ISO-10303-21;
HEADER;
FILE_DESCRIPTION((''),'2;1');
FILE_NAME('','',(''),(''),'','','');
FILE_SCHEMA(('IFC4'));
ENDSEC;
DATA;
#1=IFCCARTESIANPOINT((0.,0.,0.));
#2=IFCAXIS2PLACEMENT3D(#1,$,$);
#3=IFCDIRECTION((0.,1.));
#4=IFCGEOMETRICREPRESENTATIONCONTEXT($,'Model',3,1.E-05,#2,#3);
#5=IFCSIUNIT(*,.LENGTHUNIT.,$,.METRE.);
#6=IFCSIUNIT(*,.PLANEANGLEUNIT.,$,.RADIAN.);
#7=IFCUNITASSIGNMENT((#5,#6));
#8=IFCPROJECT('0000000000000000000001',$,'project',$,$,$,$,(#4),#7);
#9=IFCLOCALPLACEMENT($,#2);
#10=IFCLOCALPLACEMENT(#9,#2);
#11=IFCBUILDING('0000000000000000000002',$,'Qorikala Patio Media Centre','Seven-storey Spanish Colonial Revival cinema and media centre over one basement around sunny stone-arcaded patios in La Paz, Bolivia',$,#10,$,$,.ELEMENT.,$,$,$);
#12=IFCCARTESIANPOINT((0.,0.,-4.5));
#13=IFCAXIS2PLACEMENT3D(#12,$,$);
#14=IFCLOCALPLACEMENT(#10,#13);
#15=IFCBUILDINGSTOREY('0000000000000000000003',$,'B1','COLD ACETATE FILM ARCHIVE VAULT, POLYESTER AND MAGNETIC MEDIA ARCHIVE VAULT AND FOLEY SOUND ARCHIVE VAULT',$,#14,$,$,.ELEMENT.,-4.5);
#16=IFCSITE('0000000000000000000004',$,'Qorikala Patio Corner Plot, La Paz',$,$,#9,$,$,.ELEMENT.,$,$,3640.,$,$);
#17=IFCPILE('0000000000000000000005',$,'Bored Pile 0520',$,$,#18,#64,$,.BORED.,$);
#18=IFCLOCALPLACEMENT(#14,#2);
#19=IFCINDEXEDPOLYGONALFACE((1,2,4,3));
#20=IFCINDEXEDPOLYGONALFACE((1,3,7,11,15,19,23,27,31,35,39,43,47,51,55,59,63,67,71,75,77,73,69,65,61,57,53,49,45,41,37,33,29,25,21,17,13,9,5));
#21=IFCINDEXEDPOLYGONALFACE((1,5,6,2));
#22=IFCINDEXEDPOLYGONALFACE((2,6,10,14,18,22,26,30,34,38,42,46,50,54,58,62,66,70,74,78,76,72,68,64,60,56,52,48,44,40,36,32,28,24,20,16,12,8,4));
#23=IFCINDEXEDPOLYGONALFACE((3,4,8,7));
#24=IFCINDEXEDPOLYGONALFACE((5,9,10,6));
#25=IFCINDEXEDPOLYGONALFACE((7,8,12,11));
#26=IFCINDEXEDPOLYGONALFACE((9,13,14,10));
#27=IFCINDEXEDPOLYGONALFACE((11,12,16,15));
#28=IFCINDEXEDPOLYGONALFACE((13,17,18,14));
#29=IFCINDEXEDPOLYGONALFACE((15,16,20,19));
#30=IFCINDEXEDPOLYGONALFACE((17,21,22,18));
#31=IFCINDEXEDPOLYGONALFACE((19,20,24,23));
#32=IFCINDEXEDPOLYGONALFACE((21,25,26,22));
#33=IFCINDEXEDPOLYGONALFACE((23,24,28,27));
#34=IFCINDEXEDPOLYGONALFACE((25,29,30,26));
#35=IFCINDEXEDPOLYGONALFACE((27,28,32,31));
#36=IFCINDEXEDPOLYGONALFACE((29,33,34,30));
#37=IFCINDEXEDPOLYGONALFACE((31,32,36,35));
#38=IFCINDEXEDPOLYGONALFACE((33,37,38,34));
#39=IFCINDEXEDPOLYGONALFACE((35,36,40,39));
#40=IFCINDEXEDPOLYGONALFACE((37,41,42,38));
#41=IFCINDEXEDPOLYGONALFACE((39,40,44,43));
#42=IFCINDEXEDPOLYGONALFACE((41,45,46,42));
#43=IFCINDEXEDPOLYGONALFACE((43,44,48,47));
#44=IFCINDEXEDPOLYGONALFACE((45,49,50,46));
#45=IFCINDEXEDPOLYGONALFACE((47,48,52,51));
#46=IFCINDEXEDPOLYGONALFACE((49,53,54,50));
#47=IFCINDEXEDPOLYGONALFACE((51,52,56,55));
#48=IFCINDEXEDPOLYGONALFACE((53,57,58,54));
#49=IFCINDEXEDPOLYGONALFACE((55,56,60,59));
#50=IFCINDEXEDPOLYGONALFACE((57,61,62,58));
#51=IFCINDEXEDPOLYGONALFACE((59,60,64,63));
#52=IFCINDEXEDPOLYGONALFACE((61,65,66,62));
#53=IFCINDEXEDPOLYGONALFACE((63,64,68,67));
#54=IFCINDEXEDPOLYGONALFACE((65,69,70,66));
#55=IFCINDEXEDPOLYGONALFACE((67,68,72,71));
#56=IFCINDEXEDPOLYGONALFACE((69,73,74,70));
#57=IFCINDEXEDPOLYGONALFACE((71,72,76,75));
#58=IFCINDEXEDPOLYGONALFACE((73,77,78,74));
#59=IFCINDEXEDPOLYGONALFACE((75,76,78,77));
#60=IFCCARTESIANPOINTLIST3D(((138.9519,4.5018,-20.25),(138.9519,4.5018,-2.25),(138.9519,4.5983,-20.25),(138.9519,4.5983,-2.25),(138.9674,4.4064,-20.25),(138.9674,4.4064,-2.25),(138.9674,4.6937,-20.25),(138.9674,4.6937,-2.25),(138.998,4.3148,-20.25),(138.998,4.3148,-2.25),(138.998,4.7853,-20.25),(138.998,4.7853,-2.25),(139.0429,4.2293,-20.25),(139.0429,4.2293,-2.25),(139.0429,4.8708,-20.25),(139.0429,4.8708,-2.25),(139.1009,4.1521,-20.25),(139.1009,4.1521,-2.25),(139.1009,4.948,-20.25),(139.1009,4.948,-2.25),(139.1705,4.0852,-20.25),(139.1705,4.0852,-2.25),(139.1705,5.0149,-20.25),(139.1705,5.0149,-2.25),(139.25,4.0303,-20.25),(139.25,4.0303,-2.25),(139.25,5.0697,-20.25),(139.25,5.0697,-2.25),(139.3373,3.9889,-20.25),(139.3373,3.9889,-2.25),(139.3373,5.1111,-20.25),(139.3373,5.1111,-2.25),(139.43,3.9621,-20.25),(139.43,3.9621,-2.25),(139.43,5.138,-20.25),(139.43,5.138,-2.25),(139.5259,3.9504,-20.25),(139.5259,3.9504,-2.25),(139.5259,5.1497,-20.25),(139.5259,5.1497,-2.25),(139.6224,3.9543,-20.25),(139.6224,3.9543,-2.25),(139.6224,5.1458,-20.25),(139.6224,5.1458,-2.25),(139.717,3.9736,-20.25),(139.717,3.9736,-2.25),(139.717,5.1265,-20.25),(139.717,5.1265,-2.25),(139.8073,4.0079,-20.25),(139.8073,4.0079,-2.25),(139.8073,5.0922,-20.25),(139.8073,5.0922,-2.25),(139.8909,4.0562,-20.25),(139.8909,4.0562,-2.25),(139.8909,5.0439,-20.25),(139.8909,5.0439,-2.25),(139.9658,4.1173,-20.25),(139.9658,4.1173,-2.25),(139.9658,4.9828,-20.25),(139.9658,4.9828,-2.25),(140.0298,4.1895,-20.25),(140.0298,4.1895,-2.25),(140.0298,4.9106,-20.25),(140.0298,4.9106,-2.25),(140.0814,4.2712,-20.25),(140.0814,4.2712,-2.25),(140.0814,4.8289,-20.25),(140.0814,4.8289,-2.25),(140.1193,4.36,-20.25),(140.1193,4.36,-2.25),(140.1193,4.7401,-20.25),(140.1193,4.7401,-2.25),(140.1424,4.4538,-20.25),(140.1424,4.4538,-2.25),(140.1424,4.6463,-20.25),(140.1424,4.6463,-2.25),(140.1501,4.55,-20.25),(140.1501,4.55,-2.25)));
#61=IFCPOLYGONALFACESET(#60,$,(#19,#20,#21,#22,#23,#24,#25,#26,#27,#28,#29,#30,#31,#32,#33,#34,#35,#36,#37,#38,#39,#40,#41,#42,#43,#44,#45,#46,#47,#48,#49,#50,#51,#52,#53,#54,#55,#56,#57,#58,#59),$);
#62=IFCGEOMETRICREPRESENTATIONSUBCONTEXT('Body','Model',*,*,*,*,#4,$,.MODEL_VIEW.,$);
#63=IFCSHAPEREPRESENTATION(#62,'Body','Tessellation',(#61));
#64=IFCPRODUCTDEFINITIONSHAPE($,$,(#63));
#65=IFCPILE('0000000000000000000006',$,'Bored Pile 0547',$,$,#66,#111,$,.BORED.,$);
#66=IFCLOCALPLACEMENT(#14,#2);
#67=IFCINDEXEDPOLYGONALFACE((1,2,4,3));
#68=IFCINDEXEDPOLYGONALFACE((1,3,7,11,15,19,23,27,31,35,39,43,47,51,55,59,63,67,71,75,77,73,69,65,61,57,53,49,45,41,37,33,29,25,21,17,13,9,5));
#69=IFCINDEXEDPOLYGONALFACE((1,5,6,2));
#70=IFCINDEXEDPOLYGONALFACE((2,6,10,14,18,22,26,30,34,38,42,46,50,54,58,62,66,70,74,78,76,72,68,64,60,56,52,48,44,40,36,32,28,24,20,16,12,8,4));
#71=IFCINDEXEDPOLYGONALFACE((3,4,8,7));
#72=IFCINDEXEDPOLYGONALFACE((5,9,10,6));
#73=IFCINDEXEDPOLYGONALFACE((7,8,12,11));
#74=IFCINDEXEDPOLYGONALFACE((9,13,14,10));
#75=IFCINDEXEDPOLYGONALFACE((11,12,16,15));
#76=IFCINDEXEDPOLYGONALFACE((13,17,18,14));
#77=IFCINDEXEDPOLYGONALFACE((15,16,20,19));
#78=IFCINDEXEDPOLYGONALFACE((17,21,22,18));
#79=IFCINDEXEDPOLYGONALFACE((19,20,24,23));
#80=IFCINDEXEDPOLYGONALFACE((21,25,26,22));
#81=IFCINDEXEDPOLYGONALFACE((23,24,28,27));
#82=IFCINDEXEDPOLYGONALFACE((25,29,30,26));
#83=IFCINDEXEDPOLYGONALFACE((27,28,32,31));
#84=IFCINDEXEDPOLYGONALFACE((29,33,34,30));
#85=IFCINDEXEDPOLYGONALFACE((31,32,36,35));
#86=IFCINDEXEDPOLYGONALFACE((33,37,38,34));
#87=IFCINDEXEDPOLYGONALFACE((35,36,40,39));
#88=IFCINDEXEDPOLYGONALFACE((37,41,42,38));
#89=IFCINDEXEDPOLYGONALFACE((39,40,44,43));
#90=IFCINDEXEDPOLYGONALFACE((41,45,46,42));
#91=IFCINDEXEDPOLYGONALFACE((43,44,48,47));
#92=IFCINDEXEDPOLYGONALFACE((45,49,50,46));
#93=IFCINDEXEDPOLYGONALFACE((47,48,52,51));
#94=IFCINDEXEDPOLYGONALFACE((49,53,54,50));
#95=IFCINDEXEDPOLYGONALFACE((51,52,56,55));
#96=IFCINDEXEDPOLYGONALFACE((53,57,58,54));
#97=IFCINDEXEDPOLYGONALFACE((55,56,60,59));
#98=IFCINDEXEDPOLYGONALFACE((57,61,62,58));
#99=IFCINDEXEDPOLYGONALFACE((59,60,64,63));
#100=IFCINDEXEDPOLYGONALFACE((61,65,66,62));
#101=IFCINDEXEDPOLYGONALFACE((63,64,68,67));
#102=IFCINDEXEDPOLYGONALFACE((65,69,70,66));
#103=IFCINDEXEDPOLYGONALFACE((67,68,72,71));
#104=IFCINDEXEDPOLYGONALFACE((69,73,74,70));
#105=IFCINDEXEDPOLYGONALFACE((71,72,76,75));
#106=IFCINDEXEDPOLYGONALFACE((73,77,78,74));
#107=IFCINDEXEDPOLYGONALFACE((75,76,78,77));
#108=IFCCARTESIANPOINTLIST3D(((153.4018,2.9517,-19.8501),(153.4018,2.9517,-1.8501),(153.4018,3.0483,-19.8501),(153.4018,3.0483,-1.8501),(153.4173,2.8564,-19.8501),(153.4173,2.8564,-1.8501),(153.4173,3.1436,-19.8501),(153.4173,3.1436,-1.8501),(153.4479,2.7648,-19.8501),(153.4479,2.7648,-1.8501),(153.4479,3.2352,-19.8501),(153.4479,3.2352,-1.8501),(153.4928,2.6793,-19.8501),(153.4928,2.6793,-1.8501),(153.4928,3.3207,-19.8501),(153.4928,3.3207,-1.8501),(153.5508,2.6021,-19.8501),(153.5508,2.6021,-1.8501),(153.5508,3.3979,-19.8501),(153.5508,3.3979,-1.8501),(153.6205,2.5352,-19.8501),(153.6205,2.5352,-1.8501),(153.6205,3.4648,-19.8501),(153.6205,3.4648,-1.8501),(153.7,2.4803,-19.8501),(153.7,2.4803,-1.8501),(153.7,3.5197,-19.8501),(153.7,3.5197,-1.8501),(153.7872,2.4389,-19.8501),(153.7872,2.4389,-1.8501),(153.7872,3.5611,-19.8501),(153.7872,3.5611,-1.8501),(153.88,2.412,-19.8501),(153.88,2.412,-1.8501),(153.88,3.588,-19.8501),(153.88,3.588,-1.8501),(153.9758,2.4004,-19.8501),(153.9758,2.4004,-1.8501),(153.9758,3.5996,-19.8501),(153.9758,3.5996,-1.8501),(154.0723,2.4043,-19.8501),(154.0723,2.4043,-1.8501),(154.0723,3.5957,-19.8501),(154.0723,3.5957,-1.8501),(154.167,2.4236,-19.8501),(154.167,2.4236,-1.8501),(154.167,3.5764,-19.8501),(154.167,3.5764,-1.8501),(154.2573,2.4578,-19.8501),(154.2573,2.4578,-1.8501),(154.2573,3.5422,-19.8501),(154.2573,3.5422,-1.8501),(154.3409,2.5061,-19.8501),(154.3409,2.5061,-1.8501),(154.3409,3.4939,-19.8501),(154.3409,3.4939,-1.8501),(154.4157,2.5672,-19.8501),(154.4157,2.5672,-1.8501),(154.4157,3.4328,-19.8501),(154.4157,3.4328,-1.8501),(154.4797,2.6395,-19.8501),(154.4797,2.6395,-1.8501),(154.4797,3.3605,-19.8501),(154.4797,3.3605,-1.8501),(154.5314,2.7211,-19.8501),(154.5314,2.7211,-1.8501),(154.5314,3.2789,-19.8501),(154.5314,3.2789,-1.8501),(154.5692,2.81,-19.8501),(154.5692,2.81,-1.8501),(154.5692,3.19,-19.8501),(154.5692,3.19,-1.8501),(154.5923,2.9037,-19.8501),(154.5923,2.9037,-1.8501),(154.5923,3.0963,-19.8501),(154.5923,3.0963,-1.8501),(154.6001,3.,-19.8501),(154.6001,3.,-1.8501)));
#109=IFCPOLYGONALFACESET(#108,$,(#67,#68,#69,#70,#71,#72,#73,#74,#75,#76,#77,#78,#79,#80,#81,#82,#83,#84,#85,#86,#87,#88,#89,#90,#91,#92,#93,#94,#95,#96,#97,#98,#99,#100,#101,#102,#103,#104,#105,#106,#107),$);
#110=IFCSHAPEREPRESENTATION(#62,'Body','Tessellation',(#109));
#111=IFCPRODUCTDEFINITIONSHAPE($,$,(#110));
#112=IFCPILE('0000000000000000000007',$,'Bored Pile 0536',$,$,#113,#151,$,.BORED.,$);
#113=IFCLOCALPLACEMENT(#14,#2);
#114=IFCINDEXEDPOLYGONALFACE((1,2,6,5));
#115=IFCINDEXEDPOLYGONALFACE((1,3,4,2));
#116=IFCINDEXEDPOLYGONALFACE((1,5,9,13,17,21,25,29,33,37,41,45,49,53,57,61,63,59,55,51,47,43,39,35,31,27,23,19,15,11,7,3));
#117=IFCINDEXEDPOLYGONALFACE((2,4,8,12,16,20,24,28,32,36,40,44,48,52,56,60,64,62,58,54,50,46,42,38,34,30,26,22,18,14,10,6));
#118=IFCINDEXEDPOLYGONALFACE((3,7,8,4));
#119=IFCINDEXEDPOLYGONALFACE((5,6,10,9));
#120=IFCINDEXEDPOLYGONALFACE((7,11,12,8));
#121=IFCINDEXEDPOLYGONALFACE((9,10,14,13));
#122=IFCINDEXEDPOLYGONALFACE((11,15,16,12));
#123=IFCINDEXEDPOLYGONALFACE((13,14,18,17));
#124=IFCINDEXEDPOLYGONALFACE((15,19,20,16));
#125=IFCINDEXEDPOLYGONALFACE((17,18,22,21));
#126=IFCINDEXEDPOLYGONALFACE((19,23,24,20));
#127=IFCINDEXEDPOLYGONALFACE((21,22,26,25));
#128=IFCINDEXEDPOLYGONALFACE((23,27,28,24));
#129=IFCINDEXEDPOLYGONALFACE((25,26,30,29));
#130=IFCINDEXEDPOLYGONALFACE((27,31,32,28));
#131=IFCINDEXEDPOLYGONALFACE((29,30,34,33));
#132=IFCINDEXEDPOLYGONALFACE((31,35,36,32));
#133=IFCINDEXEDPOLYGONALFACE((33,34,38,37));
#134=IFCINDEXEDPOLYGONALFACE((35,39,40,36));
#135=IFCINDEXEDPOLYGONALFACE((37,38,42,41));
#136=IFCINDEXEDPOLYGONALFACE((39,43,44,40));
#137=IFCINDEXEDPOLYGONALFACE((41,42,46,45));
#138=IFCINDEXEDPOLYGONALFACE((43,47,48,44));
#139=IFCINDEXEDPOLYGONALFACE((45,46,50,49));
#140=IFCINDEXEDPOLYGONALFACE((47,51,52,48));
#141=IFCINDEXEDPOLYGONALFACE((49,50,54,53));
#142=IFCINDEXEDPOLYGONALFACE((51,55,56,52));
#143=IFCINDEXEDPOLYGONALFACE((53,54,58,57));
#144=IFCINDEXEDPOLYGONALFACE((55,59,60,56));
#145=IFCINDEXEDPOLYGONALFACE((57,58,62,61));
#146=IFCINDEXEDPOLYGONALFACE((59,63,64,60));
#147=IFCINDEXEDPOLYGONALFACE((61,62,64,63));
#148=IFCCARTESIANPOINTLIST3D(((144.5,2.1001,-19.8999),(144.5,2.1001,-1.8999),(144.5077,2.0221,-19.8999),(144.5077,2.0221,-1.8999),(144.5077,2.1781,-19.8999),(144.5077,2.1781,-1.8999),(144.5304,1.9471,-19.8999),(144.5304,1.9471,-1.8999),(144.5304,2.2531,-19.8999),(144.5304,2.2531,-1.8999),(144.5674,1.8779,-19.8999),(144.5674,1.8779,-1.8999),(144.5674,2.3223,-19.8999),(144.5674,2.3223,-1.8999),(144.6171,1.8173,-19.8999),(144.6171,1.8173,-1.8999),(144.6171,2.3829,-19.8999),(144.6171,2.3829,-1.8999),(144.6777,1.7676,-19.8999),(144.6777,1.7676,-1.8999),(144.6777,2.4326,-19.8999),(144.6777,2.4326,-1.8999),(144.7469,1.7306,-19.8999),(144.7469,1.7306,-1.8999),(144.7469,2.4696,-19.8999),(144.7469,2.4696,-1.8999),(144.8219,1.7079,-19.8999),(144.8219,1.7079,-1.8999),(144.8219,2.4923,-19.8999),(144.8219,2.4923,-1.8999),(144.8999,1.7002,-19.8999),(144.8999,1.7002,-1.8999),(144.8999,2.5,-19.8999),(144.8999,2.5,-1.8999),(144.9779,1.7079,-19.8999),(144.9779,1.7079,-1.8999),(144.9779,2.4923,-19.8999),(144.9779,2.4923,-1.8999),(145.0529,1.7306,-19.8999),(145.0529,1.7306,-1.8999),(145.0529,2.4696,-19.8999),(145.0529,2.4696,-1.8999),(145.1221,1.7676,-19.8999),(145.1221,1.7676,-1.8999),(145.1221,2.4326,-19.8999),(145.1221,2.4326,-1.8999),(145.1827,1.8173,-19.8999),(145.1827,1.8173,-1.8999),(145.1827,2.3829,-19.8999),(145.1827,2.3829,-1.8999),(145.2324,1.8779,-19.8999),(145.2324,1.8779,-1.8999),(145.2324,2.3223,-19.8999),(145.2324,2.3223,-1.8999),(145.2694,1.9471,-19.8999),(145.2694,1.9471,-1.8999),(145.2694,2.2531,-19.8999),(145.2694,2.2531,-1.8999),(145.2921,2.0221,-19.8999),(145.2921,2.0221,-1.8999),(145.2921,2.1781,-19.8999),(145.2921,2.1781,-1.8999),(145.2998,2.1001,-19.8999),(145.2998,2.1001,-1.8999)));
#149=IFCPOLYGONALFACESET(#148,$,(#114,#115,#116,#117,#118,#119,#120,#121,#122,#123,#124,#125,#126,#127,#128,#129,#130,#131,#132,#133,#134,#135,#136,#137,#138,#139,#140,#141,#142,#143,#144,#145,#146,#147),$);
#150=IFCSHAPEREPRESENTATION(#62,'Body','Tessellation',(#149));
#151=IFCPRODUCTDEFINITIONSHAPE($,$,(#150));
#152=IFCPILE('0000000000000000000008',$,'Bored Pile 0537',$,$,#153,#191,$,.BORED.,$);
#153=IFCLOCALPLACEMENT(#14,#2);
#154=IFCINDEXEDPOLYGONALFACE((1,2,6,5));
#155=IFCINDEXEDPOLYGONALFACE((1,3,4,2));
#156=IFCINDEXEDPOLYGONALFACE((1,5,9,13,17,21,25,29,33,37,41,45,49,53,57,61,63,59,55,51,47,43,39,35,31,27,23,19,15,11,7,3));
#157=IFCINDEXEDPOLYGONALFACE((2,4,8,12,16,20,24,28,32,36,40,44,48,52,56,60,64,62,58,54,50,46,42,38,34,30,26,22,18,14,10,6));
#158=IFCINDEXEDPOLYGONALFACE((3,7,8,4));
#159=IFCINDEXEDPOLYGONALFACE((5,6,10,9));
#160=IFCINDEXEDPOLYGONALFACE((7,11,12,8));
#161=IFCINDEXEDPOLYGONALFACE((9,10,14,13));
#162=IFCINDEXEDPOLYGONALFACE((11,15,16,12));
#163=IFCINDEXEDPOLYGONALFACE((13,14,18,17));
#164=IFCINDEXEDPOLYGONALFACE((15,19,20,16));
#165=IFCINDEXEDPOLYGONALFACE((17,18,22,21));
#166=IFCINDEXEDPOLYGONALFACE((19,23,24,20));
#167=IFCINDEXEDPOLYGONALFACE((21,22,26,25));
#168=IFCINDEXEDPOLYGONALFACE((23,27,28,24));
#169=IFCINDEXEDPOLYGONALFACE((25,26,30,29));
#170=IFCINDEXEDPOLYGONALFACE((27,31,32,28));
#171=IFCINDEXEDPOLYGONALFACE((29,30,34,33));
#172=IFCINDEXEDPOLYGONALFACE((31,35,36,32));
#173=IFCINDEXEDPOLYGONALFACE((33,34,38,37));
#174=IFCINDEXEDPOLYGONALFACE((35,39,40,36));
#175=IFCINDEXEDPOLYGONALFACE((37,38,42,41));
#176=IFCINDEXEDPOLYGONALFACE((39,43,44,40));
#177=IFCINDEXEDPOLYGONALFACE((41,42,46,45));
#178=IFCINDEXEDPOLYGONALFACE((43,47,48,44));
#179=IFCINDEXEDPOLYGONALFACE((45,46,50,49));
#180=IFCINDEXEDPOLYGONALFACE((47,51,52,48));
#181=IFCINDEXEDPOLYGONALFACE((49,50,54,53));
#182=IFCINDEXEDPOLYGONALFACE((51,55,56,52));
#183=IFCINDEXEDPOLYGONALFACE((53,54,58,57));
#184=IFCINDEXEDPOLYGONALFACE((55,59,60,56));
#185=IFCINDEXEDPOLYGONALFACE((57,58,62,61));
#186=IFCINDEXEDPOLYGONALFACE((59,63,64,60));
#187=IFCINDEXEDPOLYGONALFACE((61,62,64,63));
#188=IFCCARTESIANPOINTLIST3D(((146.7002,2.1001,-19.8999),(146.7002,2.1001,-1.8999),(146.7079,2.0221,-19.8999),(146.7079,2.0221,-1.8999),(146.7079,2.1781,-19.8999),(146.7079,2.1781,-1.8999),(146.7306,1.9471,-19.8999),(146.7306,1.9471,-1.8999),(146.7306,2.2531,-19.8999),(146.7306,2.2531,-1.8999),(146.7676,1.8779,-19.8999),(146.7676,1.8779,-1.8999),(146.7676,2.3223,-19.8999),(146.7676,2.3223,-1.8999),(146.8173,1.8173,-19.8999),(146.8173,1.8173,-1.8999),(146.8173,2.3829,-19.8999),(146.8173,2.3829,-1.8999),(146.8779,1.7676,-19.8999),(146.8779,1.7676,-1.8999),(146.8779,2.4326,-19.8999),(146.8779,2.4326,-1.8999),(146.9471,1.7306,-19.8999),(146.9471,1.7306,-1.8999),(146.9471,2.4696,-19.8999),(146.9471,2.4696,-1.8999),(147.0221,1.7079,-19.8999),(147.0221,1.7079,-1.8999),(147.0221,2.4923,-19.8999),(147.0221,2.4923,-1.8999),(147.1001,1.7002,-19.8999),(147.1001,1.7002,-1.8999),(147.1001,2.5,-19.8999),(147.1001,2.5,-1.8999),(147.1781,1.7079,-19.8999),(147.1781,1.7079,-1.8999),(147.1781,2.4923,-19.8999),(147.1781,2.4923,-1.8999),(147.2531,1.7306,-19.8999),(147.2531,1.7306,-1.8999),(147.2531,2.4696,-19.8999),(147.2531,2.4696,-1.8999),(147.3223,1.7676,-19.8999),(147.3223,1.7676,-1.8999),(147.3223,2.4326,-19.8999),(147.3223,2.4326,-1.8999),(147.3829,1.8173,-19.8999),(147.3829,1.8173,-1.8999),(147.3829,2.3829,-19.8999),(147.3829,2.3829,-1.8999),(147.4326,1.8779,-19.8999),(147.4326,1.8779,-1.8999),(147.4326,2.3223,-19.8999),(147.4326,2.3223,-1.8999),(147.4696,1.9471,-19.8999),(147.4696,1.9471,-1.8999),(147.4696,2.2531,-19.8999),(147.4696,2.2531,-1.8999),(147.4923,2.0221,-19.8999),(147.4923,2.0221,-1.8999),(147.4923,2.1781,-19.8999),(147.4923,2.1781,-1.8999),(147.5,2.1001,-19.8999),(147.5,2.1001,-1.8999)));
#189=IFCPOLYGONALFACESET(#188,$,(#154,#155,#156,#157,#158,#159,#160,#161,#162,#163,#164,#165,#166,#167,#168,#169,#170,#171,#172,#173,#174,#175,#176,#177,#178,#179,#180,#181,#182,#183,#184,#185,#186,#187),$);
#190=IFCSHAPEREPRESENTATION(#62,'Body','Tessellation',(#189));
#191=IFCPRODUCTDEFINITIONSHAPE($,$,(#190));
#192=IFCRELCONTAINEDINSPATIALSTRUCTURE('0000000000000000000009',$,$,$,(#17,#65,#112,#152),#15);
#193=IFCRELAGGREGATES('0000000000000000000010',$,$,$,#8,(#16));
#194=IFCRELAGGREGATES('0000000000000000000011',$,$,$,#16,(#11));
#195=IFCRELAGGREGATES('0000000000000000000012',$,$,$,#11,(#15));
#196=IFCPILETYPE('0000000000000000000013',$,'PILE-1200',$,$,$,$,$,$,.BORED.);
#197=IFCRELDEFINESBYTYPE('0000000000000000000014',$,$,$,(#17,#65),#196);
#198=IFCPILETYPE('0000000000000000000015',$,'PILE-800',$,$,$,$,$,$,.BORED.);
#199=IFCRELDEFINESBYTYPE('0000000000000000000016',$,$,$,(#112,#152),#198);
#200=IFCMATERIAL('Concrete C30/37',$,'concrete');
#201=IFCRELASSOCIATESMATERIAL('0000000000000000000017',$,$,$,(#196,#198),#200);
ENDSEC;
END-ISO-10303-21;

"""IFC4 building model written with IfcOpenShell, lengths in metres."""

from ifc_helpers import new_model, si_unit, direction, frame, origin, origin_2d, place, context, subcontext, project, spatial, circle, extrude, material, material_profile, profile_set, type_object, element, save


model = new_model("IFC4")

# Units and contexts
model_context = context("Model", 3, precision=1e-05, world=origin(), true_north=direction((0.0, 1.0)))
body_context = subcontext(model_context, "Body", "Model", "MODEL_VIEW")
ifc_project = project(units=[si_unit("LENGTHUNIT", "METRE"), si_unit("PLANEANGLEUNIT", "RADIAN")], contexts=[model_context])

# Site, building, storey
site_placement = place(None, origin())
site = spatial("IfcSite", under=ifc_project, at=site_placement, Name="Qorikala Patio Corner Plot, La Paz", CompositionType="ELEMENT", RefElevation=3640.0)
building_placement = place(site_placement, origin())
building = spatial("IfcBuilding", under=site, at=building_placement, Name="Qorikala Patio Media Centre", Description="Seven-storey Spanish Colonial Revival cinema and media centre over one basement around sunny stone-arcaded patios in La Paz, Bolivia", CompositionType="ELEMENT")
storey_placement = place(building_placement, frame((0.0, 0.0, -4.5)))
storey = spatial("IfcBuildingStorey", under=building, at=storey_placement, Name="B1", Description="COLD ACETATE FILM ARCHIVE VAULT, POLYESTER AND MAGNETIC MEDIA ARCHIVE VAULT AND FOLEY SOUND ARCHIVE VAULT", CompositionType="ELEMENT", Elevation=-4.5)

# Shared definitions
ifc_material_1 = material(Name="Concrete C30/37", Category="concrete")

# Piles
ifc_material_profile_1 = material_profile(ifc_material_1, circle(Radius=0.6001, at=origin_2d()), Name="BORED PILE 1200")
ifc_profile_set_1 = profile_set([ifc_material_profile_1], Name="Concrete C30/37")
pile_type_1 = type_object("IfcPileType", Name="PILE-1200", PredefinedType="BORED", material=ifc_profile_set_1)
for number, where, z_axis, x_axis, name in (
    (1, (139.55, 4.55, -2.25), (0.0, 0.0, -1.0), (1.0, 0.0, 0.0), "Bored Pile 0520"),
    (2, (154.0, 3.0, -1.8501), (0.0, 0.0, -1.0), (1.0, 0.0, 0.0), "Bored Pile 0547"),
):
    element("IfcPile", number, at=place(storey_placement, frame(where, z_axis=z_axis, x_axis=x_axis)), inside=storey, type_object=pile_type_1, Name=name, PredefinedType="BORED", context=body_context, shape_type="SweptSolid", body=[
        extrude(circle(Radius=0.6001, at=origin_2d()), origin(), (0.0, 0.0, 1.0), 18.0),
    ])
ifc_material_profile_2 = material_profile(ifc_material_1, circle(Radius=0.3999, at=origin_2d()), Name="BORED PILE 800")
ifc_profile_set_2 = profile_set([ifc_material_profile_2], Name="Concrete C30/37")
pile_type_2 = type_object("IfcPileType", Name="PILE-800", PredefinedType="BORED", material=ifc_profile_set_2)
for number, where, z_axis, x_axis, name in (
    (3, (144.8999, 2.1001, -1.8999), (0.0, 0.0, -1.0), (1.0, 0.0, 0.0), "Bored Pile 0536"),
    (4, (147.1001, 2.1001, -1.8999), (0.0, 0.0, -1.0), (1.0, 0.0, 0.0), "Bored Pile 0537"),
):
    element("IfcPile", number, at=place(storey_placement, frame(where, z_axis=z_axis, x_axis=x_axis)), inside=storey, type_object=pile_type_2, Name=name, PredefinedType="BORED", context=body_context, shape_type="SweptSolid", body=[
        extrude(circle(Radius=0.3999, at=origin_2d()), origin(), (0.0, 0.0, 1.0), 18.0),
    ])

save(model, "model.ifc")
